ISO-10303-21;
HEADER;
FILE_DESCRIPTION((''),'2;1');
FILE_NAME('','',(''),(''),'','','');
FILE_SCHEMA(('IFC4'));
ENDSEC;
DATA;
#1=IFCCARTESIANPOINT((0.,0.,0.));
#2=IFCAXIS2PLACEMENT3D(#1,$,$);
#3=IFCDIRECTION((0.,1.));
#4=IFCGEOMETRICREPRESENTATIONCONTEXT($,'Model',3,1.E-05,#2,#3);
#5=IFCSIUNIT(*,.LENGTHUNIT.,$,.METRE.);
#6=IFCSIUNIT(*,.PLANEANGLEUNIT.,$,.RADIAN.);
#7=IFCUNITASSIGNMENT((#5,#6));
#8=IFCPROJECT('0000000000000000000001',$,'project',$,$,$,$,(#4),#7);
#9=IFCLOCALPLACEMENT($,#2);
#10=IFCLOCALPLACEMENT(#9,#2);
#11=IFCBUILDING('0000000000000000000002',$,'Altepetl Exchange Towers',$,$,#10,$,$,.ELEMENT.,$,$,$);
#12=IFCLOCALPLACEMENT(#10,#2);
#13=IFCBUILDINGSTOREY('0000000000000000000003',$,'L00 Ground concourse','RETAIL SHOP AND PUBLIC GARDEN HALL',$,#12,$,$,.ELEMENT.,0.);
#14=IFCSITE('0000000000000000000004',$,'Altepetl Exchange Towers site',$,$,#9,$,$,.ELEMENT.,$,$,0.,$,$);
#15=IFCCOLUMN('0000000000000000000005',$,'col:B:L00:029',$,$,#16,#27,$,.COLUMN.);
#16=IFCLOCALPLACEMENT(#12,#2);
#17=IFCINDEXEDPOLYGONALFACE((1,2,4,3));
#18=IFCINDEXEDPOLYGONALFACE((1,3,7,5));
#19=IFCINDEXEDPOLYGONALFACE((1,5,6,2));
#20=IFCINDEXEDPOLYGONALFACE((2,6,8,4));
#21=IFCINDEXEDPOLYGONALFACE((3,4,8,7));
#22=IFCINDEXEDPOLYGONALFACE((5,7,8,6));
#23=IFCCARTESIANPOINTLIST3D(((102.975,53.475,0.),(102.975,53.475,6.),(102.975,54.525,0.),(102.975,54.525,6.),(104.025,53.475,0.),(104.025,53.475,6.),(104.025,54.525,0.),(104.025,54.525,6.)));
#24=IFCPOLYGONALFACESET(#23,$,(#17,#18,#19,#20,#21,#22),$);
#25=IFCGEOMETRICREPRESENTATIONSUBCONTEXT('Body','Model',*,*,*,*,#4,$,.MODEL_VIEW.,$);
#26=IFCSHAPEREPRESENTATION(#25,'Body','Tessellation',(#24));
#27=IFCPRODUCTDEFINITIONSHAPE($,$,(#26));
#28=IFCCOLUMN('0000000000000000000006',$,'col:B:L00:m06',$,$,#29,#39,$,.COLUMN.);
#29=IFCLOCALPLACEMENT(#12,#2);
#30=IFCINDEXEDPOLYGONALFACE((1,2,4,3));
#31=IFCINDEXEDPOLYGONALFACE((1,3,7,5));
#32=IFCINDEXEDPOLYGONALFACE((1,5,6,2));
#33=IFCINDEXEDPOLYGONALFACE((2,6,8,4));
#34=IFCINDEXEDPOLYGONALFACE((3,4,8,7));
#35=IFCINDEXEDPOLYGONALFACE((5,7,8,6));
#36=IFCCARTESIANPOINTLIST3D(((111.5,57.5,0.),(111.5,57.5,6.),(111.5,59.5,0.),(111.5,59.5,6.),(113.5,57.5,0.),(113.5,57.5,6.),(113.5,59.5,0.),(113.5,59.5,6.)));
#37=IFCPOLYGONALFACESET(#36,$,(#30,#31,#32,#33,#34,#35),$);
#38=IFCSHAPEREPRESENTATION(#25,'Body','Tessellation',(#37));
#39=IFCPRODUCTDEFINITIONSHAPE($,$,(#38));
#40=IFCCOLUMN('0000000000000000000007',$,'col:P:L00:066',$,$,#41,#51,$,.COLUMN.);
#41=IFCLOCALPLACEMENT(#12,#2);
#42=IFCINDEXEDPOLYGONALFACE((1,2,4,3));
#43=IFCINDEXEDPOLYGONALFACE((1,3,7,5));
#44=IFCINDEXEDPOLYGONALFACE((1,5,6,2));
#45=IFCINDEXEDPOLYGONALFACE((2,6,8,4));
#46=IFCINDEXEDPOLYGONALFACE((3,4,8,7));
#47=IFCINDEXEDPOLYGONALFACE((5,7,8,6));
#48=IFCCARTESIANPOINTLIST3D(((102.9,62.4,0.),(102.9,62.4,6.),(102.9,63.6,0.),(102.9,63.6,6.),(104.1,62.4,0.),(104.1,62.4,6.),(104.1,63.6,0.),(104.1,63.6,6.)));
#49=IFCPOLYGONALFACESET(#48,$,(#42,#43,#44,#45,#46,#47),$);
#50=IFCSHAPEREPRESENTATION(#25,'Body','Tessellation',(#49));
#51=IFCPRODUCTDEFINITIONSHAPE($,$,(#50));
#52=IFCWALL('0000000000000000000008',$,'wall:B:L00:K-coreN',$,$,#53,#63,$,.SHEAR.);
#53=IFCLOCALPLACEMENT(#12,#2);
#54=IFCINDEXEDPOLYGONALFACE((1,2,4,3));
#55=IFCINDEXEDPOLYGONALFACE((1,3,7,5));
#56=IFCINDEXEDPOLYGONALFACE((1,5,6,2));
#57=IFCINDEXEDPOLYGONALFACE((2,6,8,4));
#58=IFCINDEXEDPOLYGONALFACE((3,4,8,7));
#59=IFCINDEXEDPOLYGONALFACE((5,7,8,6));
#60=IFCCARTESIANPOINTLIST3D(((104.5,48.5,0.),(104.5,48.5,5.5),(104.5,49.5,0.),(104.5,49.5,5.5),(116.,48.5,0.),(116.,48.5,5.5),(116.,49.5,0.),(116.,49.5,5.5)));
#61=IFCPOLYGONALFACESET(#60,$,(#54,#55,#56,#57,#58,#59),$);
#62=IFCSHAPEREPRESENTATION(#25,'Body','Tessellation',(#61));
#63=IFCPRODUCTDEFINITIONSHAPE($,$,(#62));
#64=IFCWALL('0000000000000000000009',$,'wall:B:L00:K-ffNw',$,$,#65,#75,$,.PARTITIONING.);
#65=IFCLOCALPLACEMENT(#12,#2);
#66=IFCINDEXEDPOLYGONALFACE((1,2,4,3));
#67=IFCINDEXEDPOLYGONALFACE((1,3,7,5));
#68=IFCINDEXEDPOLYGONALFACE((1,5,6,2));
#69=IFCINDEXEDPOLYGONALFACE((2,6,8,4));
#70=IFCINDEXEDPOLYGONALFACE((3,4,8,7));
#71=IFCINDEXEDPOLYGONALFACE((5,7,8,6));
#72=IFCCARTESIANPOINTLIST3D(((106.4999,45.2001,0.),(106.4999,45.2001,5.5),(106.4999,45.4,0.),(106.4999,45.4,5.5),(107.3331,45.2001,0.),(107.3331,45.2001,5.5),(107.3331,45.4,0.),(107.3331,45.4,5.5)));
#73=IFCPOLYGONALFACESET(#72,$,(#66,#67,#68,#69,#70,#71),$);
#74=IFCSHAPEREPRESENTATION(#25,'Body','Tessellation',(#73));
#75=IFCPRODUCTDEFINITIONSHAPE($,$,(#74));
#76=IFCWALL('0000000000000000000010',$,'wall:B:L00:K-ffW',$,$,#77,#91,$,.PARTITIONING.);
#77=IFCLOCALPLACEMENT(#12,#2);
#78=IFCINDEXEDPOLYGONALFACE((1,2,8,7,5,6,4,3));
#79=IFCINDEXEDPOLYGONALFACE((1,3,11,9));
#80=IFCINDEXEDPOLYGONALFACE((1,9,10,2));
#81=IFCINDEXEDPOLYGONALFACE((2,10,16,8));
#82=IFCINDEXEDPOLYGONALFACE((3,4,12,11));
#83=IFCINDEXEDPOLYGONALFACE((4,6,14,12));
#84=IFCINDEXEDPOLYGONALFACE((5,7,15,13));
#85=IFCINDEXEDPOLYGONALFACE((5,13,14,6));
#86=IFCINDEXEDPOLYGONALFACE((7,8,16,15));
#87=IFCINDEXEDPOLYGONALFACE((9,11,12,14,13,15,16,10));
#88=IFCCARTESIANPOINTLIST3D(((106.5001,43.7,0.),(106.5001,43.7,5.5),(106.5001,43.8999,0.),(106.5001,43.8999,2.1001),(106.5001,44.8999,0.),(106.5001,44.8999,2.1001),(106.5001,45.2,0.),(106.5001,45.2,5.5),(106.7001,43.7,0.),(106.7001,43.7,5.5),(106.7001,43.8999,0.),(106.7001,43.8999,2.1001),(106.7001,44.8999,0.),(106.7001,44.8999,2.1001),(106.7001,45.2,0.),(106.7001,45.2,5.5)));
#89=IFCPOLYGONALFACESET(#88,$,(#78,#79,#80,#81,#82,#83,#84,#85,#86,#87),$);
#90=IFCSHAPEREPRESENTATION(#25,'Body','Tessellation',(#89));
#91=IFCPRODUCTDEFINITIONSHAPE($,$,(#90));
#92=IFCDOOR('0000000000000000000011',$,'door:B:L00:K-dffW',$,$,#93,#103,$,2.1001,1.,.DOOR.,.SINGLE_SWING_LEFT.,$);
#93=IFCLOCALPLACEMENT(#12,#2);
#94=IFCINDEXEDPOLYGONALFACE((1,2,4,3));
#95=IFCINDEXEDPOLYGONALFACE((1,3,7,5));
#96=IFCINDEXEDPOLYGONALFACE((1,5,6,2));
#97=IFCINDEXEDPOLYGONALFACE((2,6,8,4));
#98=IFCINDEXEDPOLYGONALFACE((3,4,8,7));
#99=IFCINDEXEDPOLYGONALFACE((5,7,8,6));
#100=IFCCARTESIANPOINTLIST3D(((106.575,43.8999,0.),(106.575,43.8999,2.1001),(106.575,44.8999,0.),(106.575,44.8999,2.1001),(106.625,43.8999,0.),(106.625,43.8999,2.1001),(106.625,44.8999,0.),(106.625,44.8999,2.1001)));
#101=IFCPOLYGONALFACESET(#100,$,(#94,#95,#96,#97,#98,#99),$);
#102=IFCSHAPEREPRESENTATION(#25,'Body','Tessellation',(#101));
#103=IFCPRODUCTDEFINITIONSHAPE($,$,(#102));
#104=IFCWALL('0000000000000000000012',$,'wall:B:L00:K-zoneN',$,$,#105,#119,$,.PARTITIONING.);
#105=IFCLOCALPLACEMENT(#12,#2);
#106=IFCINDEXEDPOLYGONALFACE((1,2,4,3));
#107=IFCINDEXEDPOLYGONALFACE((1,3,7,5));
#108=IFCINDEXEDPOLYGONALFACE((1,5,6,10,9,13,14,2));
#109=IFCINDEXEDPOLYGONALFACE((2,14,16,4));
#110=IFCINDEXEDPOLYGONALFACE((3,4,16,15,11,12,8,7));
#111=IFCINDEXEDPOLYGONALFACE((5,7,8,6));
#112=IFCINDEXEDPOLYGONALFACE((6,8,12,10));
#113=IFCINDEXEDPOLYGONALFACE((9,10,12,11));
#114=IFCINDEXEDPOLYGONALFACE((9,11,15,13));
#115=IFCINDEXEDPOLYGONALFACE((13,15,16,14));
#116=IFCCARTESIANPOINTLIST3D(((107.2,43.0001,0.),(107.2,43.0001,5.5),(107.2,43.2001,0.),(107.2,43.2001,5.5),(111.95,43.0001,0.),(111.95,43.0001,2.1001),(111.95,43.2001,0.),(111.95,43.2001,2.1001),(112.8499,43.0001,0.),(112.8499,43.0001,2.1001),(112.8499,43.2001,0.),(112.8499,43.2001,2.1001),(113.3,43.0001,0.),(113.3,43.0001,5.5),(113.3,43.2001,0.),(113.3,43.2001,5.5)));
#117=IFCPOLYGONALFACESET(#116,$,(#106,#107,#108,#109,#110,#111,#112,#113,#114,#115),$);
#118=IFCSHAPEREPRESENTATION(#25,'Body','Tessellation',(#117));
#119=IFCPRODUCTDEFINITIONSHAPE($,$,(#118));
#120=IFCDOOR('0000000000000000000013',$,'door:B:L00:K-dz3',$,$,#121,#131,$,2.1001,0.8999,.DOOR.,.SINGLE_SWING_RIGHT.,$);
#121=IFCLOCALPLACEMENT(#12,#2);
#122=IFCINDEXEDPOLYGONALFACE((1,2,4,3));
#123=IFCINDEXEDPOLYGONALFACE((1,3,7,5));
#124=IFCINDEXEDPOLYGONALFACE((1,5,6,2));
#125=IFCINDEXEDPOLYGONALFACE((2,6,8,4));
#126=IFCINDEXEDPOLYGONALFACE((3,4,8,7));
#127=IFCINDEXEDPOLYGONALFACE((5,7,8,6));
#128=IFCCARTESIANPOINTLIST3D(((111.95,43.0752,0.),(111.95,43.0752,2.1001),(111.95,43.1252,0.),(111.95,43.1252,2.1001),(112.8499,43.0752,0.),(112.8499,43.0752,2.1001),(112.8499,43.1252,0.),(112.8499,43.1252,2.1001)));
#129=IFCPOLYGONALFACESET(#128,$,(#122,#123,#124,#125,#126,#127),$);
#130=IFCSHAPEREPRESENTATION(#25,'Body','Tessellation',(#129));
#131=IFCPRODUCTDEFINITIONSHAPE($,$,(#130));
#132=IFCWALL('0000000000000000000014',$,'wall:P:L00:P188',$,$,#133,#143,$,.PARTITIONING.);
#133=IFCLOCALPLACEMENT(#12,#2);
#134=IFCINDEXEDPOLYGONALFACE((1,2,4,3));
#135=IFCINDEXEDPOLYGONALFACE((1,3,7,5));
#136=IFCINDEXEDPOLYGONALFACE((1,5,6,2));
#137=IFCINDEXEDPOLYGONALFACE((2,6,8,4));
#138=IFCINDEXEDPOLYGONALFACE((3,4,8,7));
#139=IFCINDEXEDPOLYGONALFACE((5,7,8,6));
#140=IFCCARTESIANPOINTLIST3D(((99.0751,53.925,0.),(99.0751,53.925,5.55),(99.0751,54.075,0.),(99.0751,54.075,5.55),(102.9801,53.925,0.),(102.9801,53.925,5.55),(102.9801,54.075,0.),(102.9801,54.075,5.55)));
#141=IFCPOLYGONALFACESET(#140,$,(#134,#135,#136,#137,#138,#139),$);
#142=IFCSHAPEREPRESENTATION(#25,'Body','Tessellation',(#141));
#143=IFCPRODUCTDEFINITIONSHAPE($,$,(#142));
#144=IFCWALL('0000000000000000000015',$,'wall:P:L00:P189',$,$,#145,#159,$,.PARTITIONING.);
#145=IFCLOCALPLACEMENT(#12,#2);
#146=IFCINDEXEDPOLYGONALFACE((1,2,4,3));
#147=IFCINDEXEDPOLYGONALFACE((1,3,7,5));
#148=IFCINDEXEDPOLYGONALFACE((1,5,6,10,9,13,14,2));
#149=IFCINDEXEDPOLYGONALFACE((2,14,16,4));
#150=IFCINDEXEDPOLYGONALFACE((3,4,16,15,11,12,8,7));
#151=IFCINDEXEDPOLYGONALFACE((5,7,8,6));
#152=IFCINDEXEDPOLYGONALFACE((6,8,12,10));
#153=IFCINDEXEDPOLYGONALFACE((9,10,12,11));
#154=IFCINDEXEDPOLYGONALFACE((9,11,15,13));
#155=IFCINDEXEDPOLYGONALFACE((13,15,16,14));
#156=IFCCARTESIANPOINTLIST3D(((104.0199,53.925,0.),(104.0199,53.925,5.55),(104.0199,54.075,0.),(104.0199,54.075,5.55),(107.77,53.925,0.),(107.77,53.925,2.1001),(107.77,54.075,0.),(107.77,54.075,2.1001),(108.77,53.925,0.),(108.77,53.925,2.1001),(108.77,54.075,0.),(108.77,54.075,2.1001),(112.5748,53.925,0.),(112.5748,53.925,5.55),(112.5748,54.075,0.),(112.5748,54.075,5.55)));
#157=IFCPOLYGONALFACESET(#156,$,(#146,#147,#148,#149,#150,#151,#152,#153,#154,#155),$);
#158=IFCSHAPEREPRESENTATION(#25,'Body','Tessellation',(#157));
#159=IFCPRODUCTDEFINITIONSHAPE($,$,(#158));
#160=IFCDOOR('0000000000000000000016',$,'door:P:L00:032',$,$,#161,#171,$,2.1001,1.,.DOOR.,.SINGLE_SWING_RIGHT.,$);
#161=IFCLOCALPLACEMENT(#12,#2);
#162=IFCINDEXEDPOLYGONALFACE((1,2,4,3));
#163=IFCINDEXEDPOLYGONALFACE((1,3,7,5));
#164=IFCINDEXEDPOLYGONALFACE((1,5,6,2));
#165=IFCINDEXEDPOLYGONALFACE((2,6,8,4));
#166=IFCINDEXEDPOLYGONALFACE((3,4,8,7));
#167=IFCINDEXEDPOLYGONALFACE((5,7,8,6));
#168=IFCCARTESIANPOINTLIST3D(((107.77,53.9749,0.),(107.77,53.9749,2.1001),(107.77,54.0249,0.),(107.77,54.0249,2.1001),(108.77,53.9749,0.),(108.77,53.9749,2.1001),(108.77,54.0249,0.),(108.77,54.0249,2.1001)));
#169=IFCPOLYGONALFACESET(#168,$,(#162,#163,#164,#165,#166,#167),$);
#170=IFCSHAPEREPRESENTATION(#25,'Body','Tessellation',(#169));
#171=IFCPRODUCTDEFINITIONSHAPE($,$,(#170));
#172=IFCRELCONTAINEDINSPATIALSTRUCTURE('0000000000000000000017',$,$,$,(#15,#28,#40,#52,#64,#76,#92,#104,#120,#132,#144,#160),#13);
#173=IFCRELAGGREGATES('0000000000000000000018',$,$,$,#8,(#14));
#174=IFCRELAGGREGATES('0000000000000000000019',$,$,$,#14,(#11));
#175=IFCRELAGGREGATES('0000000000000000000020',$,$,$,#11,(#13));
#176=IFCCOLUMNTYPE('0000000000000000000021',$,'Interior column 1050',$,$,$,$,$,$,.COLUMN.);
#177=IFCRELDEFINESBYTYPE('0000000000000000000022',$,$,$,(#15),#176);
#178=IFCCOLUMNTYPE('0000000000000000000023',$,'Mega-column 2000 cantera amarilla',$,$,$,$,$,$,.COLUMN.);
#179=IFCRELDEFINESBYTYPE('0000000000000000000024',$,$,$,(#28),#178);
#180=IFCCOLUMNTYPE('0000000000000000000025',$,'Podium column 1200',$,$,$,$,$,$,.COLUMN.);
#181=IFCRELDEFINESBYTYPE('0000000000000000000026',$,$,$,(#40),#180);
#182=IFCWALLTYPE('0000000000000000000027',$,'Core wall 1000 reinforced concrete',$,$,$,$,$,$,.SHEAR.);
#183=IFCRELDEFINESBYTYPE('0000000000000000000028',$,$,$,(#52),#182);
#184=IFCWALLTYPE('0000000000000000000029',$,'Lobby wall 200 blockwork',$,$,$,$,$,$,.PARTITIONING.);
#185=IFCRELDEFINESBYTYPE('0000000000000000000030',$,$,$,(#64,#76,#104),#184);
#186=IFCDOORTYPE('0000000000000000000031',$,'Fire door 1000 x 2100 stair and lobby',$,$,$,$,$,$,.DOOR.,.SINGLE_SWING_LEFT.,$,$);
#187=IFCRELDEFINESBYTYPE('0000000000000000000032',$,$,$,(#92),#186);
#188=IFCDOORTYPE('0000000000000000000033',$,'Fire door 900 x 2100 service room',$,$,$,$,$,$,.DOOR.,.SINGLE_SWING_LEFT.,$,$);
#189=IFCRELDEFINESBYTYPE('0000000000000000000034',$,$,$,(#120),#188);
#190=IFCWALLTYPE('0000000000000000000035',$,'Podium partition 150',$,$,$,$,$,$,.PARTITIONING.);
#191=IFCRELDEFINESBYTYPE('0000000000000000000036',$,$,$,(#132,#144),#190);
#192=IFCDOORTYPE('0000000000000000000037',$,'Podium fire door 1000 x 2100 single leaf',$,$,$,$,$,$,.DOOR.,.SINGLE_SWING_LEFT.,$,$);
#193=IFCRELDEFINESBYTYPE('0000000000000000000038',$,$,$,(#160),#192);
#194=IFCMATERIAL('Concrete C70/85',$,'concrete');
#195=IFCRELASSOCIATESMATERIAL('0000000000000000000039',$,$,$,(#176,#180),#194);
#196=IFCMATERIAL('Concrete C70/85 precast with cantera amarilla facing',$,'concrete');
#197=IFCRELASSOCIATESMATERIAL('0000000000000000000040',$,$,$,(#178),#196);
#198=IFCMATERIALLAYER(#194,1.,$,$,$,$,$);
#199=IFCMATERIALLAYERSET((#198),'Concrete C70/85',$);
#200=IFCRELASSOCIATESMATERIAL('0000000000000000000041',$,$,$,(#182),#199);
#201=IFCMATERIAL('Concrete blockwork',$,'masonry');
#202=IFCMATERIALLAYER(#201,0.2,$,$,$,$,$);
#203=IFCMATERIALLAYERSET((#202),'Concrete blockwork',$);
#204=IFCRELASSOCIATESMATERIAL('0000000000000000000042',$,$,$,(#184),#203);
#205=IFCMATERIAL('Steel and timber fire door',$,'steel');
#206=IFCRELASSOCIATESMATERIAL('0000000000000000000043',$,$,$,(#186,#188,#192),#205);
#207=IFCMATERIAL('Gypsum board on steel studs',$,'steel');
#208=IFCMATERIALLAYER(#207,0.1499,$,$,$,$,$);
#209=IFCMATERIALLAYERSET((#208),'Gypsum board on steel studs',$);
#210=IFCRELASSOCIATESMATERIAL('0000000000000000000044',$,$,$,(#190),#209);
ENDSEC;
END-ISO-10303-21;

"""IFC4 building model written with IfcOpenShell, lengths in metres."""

from ifc_helpers import new_model, si_unit, direction, frame, frame_2d, origin, origin_2d, place, context, subcontext, project, spatial, rectangle, extrude, material, layer, layer_set, material_profile, profile_set, type_object, element, fill, save


model = new_model("IFC4")

# Units and contexts
model_context = context("Model", 3, precision=1e-05, world=origin(), true_north=direction((0.0, 1.0)))
body_context = subcontext(model_context, "Body", "Model", "MODEL_VIEW")
ifc_project = project(units=[si_unit("LENGTHUNIT", "METRE"), si_unit("PLANEANGLEUNIT", "RADIAN")], contexts=[model_context])

# Site, building, storey
site_placement = place(None, origin())
site = spatial("IfcSite", under=ifc_project, at=site_placement, Name="Altepetl Exchange Towers site", CompositionType="ELEMENT", RefElevation=0.0)
building_placement = place(site_placement, origin())
building = spatial("IfcBuilding", under=site, at=building_placement, Name="Altepetl Exchange Towers", CompositionType="ELEMENT")
storey_placement = place(building_placement, origin())
storey = spatial("IfcBuildingStorey", under=building, at=storey_placement, Name="L00 Ground concourse", Description="RETAIL SHOP AND PUBLIC GARDEN HALL", CompositionType="ELEMENT", Elevation=0.0)

# Columns
ifc_material_1 = material(Name="Concrete C70/85", Category="concrete")
ifc_material_profile_1 = material_profile(ifc_material_1, rectangle(XDim=1.05, YDim=1.05, at=origin_2d()), Name="1050 x 1050")
ifc_profile_set_1 = profile_set([ifc_material_profile_1], Name="Concrete C70/85")
column_type_1 = type_object("IfcColumnType", Name="Interior column 1050", PredefinedType="COLUMN", material=ifc_profile_set_1)
column_1_placement = place(storey_placement, frame((103.5, 54.0, 0.0)))
element("IfcColumn", 1, at=column_1_placement, inside=storey, type_object=column_type_1, Name="col:B:L00:029", PredefinedType="COLUMN", context=body_context, shape_type="SweptSolid", body=[
    extrude(rectangle(XDim=1.05, YDim=1.05, at=origin_2d()), origin(), (0.0, 0.0, 1.0), 6.0),
])
ifc_material_2 = material(Name="Concrete C70/85 precast with cantera amarilla facing", Category="concrete")
ifc_material_profile_2 = material_profile(ifc_material_2, rectangle(XDim=2.0, YDim=2.0, at=origin_2d()), Name="2000 x 2000")
ifc_profile_set_2 = profile_set([ifc_material_profile_2], Name="Concrete C70/85 precast with cantera amarilla facing")
column_type_2 = type_object("IfcColumnType", Name="Mega-column 2000 cantera amarilla", PredefinedType="COLUMN", material=ifc_profile_set_2)
column_2_placement = place(storey_placement, frame((112.5, 58.5, 0.0)))
element("IfcColumn", 2, at=column_2_placement, inside=storey, type_object=column_type_2, Name="col:B:L00:m06", PredefinedType="COLUMN", context=body_context, shape_type="SweptSolid", body=[
    extrude(rectangle(XDim=2.0, YDim=2.0, at=origin_2d()), origin(), (0.0, 0.0, 1.0), 6.0),
])
ifc_material_profile_3 = material_profile(ifc_material_1, rectangle(XDim=1.2, YDim=1.2, at=origin_2d()), Name="1200 x 1200")
ifc_profile_set_3 = profile_set([ifc_material_profile_3], Name="Concrete C70/85")
column_type_3 = type_object("IfcColumnType", Name="Podium column 1200", PredefinedType="COLUMN", material=ifc_profile_set_3)
column_3_placement = place(storey_placement, frame((103.5, 63.0, 0.0)))
element("IfcColumn", 3, at=column_3_placement, inside=storey, type_object=column_type_3, Name="col:P:L00:066", PredefinedType="COLUMN", context=body_context, shape_type="SweptSolid", body=[
    extrude(rectangle(XDim=1.2, YDim=1.2, at=origin_2d()), origin(), (0.0, 0.0, 1.0), 6.0),
])

# Walls
ifc_layer_1 = layer(ifc_material_1, 1.0)
ifc_layer_set_1 = layer_set([ifc_layer_1], Name="Concrete C70/85")
wall_type_1 = type_object("IfcWallType", Name="Core wall 1000 reinforced concrete", PredefinedType="SHEAR", material=ifc_layer_set_1)
wall_1_placement = place(storey_placement, frame((104.5, 49.0, 0.0)))
element("IfcWall", 4, at=wall_1_placement, inside=storey, type_object=wall_type_1, Name="wall:B:L00:K-coreN", PredefinedType="SHEAR", context=body_context, shape_type="SweptSolid", body=[
    extrude(rectangle(XDim=11.5, YDim=1.0, at=frame_2d((5.75, 0.0))), origin(), (0.0, 0.0, 1.0), 5.5),
])
ifc_material_3 = material(Name="Concrete blockwork", Category="masonry")
ifc_layer_2 = layer(ifc_material_3, 0.2)
ifc_layer_set_2 = layer_set([ifc_layer_2], Name="Concrete blockwork")
wall_type_2 = type_object("IfcWallType", Name="Lobby wall 200 blockwork", PredefinedType="PARTITIONING", material=ifc_layer_set_2)
wall_2_placement = place(storey_placement, frame((106.5, 45.3, 0.0)))
element("IfcWall", 5, at=wall_2_placement, inside=storey, type_object=wall_type_2, Name="wall:B:L00:K-ffNw", PredefinedType="PARTITIONING", context=body_context, shape_type="SweptSolid", body=[
    extrude(rectangle(XDim=0.8333, YDim=0.2, at=frame_2d((0.4165, 0.0))), origin(), (0.0, 0.0, 1.0), 5.5),
])

# Walls, openings, doors
wall_3_placement = place(storey_placement, frame((106.6001, 43.7, 0.0), z_axis=(0.0, 0.0, 1.0), x_axis=(0.0, 1.0, 0.0)))
wall_3 = element("IfcWall", 6, at=wall_3_placement, inside=storey, type_object=wall_type_2, Name="wall:B:L00:K-ffW", PredefinedType="PARTITIONING", context=body_context, shape_type="SweptSolid", body=[
    extrude(rectangle(XDim=1.5, YDim=0.2, at=frame_2d((0.75, 0.0))), origin(), (0.0, 0.0, 1.0), 5.5),
])
opening_1_placement = place(wall_3_placement, frame((0.2, 0.0, 0.0)))
opening_1 = element("IfcOpeningElement", 7, at=opening_1_placement, cuts=wall_3, PredefinedType="OPENING", context=body_context, shape_type="SweptSolid", body=[
    extrude(rectangle(XDim=1.0, YDim=2.1001, at=frame_2d((0.5, 1.05))), frame((0.0, 0.1099, 0.0), z_axis=(0.0, -1.0, 0.0), x_axis=(1.0, 0.0, 0.0)), (0.0, 0.0, 1.0), 0.22),
])
ifc_material_4 = material(Name="Steel and timber fire door", Category="steel")
door_type_1 = type_object("IfcDoorType", Name="Fire door 1000 x 2100 stair and lobby", OperationType="SINGLE_SWING_LEFT", PredefinedType="DOOR", material=ifc_material_4)
door_1_placement = place(opening_1_placement, frame((1.0, 0.0, 0.0), x_axis=(-1.0, 0.0, 0.0)))
door_1 = element("IfcDoor", 8, at=door_1_placement, inside=storey, type_object=door_type_1, Name="door:B:L00:K-dffW", OperationType="SINGLE_SWING_LEFT", OverallHeight=2.1001, OverallWidth=1.0, PredefinedType="DOOR", context=body_context, shape_type="SweptSolid", body=[
    extrude(rectangle(XDim=1.0, YDim=2.1001, at=frame_2d((0.5, 1.05))), frame((0.0, 0.0249, 0.0), z_axis=(0.0, -1.0, 0.0), x_axis=(1.0, 0.0, 0.0)), (0.0, 0.0, 1.0), 0.05),
])
fill(opening_1, door_1)
wall_4_placement = place(storey_placement, frame((107.2, 43.1001, 0.0)))
wall_4 = element("IfcWall", 9, at=wall_4_placement, inside=storey, type_object=wall_type_2, Name="wall:B:L00:K-zoneN", PredefinedType="PARTITIONING", context=body_context, shape_type="SweptSolid", body=[
    extrude(rectangle(XDim=6.1001, YDim=0.2, at=frame_2d((3.05, 0.0))), origin(), (0.0, 0.0, 1.0), 5.5),
])
opening_2_placement = place(wall_4_placement, frame((4.75, 0.0, 0.0)))
opening_2 = element("IfcOpeningElement", 10, at=opening_2_placement, cuts=wall_4, PredefinedType="OPENING", context=body_context, shape_type="SweptSolid", body=[
    extrude(rectangle(XDim=0.8999, YDim=2.1001, at=frame_2d((0.45, 1.05))), frame((0.0, 0.1099, 0.0), z_axis=(0.0, -1.0, 0.0), x_axis=(1.0, 0.0, 0.0)), (0.0, 0.0, 1.0), 0.22),
])
door_type_2 = type_object("IfcDoorType", Name="Fire door 900 x 2100 service room", OperationType="SINGLE_SWING_LEFT", PredefinedType="DOOR", material=ifc_material_4)
door_2_placement = place(opening_2_placement, frame((0.8999, 0.0, 0.0), x_axis=(-1.0, 0.0, 0.0)))
door_2 = element("IfcDoor", 11, at=door_2_placement, inside=storey, type_object=door_type_2, Name="door:B:L00:K-dz3", OperationType="SINGLE_SWING_RIGHT", OverallHeight=2.1001, OverallWidth=0.8999, PredefinedType="DOOR", context=body_context, shape_type="SweptSolid", body=[
    extrude(rectangle(XDim=0.8999, YDim=2.1001, at=frame_2d((0.45, 1.05))), frame((0.0, 0.0249, 0.0), z_axis=(0.0, -1.0, 0.0), x_axis=(1.0, 0.0, 0.0)), (0.0, 0.0, 1.0), 0.05),
])
fill(opening_2, door_2)

# Wall
ifc_material_5 = material(Name="Gypsum board on steel studs", Category="steel")
ifc_layer_3 = layer(ifc_material_5, 0.1499)
ifc_layer_set_3 = layer_set([ifc_layer_3], Name="Gypsum board on steel studs")
wall_type_3 = type_object("IfcWallType", Name="Podium partition 150", PredefinedType="PARTITIONING", material=ifc_layer_set_3)
wall_5_placement = place(storey_placement, frame((99.075, 54.0, 0.0)))
element("IfcWall", 12, at=wall_5_placement, inside=storey, type_object=wall_type_3, Name="wall:P:L00:P188", PredefinedType="PARTITIONING", context=body_context, shape_type="SweptSolid", body=[
    extrude(rectangle(XDim=3.905, YDim=0.1499, at=frame_2d((1.9526, 0.0))), origin(), (0.0, 0.0, 1.0), 5.55),
])

# Wall, opening, door
wall_6_placement = place(storey_placement, frame((104.02, 54.0, 0.0)))
wall_6 = element("IfcWall", 13, at=wall_6_placement, inside=storey, type_object=wall_type_3, Name="wall:P:L00:P189", PredefinedType="PARTITIONING", context=body_context, shape_type="SweptSolid", body=[
    extrude(rectangle(XDim=8.5549, YDim=0.1499, at=frame_2d((4.2773, 0.0))), origin(), (0.0, 0.0, 1.0), 5.55),
])
opening_3_placement = place(wall_6_placement, frame((3.75, 0.0, 0.0)))
opening_3 = element("IfcOpeningElement", 14, at=opening_3_placement, cuts=wall_6, PredefinedType="OPENING", context=body_context, shape_type="SweptSolid", body=[
    extrude(rectangle(XDim=1.0, YDim=2.1001, at=frame_2d((0.5, 1.05))), frame((0.0, 0.085, 0.0), z_axis=(0.0, -1.0, 0.0), x_axis=(1.0, 0.0, 0.0)), (0.0, 0.0, 1.0), 0.1699),
])
door_type_3 = type_object("IfcDoorType", Name="Podium fire door 1000 x 2100 single leaf", OperationType="SINGLE_SWING_LEFT", PredefinedType="DOOR", material=ifc_material_4)
door_3_placement = place(opening_3_placement, origin())
door_3 = element("IfcDoor", 15, at=door_3_placement, inside=storey, type_object=door_type_3, Name="door:P:L00:032", OperationType="SINGLE_SWING_RIGHT", OverallHeight=2.1001, OverallWidth=1.0, PredefinedType="DOOR", context=body_context, shape_type="SweptSolid", body=[
    extrude(rectangle(XDim=1.0, YDim=2.1001, at=frame_2d((0.5, 1.05))), frame((0.0, 0.0249, 0.0), z_axis=(0.0, -1.0, 0.0), x_axis=(1.0, 0.0, 0.0)), (0.0, 0.0, 1.0), 0.05),
])
fill(opening_3, door_3)

save(model, "model.ifc")
